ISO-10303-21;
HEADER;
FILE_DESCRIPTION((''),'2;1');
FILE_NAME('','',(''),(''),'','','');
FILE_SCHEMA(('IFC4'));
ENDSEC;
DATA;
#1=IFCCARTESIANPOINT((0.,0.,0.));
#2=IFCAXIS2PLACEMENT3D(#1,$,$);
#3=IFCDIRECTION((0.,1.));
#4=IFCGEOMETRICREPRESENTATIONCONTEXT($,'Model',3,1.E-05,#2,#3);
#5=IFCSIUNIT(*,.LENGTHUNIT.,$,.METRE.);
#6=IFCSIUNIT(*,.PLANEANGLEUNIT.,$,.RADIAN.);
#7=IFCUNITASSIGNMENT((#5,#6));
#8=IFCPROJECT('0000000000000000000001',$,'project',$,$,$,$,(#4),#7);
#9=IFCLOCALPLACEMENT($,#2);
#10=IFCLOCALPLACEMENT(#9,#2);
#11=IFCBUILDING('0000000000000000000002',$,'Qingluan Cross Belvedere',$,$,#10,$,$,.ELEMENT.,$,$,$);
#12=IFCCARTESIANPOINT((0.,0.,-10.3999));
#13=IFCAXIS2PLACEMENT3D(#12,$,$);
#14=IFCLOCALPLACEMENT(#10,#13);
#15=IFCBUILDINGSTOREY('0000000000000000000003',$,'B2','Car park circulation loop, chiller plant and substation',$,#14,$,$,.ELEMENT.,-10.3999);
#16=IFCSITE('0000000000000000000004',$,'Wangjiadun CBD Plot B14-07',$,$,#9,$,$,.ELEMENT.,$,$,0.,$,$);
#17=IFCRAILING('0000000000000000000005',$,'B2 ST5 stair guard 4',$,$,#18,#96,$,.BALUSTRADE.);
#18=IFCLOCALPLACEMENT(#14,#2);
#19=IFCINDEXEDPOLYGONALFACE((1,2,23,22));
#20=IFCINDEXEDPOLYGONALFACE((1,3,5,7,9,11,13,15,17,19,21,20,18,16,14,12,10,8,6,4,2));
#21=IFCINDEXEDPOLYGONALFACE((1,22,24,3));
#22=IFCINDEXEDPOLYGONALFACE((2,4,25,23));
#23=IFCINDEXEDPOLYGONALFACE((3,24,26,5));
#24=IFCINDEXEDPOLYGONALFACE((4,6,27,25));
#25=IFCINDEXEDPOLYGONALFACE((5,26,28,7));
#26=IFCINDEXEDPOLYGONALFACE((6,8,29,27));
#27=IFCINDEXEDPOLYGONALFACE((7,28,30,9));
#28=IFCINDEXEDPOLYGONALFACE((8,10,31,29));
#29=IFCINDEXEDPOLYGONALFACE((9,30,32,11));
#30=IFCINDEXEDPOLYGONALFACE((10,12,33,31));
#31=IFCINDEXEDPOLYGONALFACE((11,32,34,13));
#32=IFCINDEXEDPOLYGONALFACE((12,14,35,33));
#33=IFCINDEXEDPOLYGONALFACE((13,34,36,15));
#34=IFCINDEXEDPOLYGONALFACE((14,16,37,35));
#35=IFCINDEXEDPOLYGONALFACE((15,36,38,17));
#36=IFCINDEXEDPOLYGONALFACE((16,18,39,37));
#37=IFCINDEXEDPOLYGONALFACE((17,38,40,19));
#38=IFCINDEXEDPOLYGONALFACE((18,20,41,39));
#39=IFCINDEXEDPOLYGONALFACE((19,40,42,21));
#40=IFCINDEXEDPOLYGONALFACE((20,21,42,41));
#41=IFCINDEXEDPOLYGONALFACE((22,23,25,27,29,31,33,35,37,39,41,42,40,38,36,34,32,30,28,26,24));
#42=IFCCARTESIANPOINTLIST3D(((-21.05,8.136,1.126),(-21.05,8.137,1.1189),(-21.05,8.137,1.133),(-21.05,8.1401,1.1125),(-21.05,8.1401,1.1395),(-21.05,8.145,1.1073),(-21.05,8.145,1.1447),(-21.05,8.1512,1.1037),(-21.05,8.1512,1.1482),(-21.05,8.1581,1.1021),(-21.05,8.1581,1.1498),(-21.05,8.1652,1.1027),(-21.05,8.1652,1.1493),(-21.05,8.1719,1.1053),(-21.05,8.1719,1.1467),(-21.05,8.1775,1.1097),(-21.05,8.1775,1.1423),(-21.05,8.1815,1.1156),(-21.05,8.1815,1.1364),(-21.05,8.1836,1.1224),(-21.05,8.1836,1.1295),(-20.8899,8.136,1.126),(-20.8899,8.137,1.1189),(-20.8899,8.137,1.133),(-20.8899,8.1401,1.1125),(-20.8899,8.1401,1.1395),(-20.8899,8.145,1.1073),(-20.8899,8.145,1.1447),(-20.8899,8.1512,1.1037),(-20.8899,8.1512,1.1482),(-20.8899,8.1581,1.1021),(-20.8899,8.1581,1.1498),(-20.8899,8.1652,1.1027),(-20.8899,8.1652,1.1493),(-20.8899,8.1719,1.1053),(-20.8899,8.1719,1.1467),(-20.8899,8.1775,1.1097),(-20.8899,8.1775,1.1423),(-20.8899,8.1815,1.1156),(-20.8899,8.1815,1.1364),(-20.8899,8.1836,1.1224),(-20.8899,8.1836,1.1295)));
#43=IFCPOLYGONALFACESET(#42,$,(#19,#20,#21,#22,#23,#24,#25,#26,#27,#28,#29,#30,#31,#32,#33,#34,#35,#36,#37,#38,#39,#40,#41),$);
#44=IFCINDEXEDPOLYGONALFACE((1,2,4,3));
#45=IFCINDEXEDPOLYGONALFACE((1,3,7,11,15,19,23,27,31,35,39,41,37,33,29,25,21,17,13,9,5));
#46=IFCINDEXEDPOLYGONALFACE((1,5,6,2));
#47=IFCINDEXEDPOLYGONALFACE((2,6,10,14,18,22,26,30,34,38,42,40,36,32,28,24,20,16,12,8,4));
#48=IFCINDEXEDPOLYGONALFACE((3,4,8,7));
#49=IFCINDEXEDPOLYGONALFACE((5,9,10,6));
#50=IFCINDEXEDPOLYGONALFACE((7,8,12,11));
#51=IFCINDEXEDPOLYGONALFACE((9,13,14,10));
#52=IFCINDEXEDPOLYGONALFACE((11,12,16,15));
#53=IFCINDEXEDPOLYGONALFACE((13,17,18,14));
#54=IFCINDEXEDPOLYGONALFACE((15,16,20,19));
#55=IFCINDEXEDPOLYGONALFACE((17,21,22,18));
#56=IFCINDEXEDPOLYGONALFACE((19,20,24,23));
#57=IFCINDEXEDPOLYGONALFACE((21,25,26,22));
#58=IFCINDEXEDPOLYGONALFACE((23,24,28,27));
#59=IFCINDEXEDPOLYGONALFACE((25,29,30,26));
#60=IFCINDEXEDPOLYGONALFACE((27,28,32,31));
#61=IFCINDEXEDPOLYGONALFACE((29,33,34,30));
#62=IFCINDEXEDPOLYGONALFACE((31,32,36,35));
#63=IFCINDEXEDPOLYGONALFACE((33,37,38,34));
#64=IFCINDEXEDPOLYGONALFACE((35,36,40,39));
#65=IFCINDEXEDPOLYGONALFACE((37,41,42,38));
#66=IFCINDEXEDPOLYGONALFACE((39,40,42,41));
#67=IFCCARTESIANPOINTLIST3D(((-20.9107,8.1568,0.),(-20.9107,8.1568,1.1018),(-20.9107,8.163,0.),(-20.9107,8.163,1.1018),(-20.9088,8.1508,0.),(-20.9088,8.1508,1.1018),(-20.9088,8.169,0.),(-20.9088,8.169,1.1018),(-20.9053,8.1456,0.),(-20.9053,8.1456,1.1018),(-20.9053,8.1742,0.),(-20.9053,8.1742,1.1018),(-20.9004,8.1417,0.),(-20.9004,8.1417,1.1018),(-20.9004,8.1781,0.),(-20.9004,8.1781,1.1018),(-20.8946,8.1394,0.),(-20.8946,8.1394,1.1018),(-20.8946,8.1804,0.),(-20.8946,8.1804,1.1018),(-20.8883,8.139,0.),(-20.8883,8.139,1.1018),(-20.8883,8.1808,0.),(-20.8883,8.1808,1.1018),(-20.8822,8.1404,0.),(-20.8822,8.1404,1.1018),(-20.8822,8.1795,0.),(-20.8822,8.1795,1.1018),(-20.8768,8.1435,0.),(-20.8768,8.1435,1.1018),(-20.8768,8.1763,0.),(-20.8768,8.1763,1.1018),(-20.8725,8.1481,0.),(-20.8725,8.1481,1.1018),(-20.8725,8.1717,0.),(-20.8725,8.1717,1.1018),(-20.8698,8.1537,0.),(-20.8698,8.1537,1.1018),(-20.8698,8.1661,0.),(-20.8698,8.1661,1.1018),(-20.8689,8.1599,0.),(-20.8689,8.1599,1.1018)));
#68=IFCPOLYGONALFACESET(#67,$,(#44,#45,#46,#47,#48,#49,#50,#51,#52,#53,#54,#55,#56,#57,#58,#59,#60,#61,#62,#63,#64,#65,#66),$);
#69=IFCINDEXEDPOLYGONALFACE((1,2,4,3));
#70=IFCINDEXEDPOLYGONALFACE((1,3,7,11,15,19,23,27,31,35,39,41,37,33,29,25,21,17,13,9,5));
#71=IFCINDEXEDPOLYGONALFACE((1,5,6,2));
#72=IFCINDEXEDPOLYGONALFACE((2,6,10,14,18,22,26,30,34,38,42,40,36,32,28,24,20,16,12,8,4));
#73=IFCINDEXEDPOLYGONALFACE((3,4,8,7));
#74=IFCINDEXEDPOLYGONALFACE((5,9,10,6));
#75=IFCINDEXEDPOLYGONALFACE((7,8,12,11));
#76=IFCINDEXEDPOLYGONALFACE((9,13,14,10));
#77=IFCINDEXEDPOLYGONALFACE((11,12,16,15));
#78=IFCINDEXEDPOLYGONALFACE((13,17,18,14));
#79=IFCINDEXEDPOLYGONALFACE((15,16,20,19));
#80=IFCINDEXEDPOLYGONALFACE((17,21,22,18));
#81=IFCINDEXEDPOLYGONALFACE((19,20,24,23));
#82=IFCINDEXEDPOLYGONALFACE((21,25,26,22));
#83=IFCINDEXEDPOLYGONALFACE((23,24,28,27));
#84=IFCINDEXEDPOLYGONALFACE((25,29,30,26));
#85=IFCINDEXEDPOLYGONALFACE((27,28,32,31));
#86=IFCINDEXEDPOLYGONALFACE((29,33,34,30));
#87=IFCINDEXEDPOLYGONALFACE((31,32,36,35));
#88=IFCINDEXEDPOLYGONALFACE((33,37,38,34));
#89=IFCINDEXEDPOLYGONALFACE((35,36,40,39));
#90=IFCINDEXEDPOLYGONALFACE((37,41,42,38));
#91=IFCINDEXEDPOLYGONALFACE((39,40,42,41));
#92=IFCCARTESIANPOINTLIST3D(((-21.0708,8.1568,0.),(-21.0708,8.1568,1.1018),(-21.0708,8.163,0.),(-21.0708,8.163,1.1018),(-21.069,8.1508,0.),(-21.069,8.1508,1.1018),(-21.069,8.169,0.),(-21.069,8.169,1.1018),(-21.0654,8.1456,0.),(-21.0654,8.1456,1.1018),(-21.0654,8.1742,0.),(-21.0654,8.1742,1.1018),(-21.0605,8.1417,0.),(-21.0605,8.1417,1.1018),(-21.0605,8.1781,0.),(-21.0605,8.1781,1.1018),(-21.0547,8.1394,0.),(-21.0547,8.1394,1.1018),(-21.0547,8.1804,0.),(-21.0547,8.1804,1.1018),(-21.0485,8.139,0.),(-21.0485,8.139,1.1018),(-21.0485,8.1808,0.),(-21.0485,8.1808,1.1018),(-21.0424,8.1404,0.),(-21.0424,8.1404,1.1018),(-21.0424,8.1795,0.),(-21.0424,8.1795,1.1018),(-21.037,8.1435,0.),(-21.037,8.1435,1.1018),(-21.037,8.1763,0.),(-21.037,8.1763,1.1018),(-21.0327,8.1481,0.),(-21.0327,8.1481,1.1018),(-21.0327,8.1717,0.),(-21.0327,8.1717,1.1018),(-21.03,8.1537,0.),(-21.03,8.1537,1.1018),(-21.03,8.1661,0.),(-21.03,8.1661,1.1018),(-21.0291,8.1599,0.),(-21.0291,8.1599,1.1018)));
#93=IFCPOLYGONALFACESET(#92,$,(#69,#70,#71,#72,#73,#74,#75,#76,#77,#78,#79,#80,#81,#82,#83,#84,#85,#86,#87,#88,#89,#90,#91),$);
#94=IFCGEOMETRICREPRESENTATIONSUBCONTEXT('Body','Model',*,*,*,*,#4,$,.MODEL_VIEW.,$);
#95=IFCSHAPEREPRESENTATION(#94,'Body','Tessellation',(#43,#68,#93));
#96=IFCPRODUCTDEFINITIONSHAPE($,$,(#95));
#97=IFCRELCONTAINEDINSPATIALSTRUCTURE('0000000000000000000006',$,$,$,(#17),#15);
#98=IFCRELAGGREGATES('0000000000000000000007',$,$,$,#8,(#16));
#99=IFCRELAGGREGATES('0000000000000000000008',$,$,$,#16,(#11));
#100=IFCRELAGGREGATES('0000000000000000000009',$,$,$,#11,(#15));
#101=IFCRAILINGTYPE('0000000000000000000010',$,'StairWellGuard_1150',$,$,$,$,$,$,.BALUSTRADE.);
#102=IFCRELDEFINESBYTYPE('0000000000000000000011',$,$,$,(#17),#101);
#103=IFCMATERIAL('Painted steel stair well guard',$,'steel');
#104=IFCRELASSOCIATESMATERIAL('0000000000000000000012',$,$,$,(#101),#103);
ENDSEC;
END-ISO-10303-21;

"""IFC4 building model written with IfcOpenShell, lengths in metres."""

from ifc_helpers import new_model, si_unit, direction, frame, origin, origin_2d, place, context, subcontext, project, spatial, circle, extrude, material, type_object, element, save


model = new_model("IFC4")

# Units and contexts
model_context = context("Model", 3, precision=1e-05, world=origin(), true_north=direction((0.0, 1.0)))
body_context = subcontext(model_context, "Body", "Model", "MODEL_VIEW")
ifc_project = project(units=[si_unit("LENGTHUNIT", "METRE"), si_unit("PLANEANGLEUNIT", "RADIAN")], contexts=[model_context])

# Site, building, storey
site_placement = place(None, origin())
site = spatial("IfcSite", under=ifc_project, at=site_placement, Name="Wangjiadun CBD Plot B14-07", CompositionType="ELEMENT", RefElevation=0.0)
building_placement = place(site_placement, origin())
building = spatial("IfcBuilding", under=site, at=building_placement, Name="Qingluan Cross Belvedere", CompositionType="ELEMENT")
storey_placement = place(building_placement, frame((0.0, 0.0, -10.3999)))
storey = spatial("IfcBuildingStorey", under=building, at=storey_placement, Name="B2", Description="Car park circulation loop, chiller plant and substation", CompositionType="ELEMENT", Elevation=-10.3999)

# Railing
ifc_material_1 = material(Name="Painted steel stair well guard", Category="steel")
railing_type_1 = type_object("IfcRailingType", Name="StairWellGuard_1150", PredefinedType="BALUSTRADE", material=ifc_material_1)
railing_1_placement = place(storey_placement, frame((-20.8899, 8.1599, 0.0)))
element("IfcRailing", 1, at=railing_1_placement, inside=storey, type_object=railing_type_1, Name="B2 ST5 stair guard 4", PredefinedType="BALUSTRADE", context=body_context, shape_type="SweptSolid", body=[
    extrude(circle(Radius=0.0239, at=origin_2d()), frame((0.0, 0.0, 1.126), z_axis=(-1.0, 0.0, 0.0), x_axis=(0.0, -1.0, 0.0)), (0.0, 0.0, 1.0), 0.1602),
    extrude(circle(Radius=0.021, at=origin_2d()), origin(), (0.0, 0.0, 1.0), 1.1018),
    extrude(circle(Radius=0.021, at=origin_2d()), frame((-0.1602, 0.0, 0.0)), (0.0, 0.0, 1.0), 1.1018),
])

save(model, "model.ifc")
